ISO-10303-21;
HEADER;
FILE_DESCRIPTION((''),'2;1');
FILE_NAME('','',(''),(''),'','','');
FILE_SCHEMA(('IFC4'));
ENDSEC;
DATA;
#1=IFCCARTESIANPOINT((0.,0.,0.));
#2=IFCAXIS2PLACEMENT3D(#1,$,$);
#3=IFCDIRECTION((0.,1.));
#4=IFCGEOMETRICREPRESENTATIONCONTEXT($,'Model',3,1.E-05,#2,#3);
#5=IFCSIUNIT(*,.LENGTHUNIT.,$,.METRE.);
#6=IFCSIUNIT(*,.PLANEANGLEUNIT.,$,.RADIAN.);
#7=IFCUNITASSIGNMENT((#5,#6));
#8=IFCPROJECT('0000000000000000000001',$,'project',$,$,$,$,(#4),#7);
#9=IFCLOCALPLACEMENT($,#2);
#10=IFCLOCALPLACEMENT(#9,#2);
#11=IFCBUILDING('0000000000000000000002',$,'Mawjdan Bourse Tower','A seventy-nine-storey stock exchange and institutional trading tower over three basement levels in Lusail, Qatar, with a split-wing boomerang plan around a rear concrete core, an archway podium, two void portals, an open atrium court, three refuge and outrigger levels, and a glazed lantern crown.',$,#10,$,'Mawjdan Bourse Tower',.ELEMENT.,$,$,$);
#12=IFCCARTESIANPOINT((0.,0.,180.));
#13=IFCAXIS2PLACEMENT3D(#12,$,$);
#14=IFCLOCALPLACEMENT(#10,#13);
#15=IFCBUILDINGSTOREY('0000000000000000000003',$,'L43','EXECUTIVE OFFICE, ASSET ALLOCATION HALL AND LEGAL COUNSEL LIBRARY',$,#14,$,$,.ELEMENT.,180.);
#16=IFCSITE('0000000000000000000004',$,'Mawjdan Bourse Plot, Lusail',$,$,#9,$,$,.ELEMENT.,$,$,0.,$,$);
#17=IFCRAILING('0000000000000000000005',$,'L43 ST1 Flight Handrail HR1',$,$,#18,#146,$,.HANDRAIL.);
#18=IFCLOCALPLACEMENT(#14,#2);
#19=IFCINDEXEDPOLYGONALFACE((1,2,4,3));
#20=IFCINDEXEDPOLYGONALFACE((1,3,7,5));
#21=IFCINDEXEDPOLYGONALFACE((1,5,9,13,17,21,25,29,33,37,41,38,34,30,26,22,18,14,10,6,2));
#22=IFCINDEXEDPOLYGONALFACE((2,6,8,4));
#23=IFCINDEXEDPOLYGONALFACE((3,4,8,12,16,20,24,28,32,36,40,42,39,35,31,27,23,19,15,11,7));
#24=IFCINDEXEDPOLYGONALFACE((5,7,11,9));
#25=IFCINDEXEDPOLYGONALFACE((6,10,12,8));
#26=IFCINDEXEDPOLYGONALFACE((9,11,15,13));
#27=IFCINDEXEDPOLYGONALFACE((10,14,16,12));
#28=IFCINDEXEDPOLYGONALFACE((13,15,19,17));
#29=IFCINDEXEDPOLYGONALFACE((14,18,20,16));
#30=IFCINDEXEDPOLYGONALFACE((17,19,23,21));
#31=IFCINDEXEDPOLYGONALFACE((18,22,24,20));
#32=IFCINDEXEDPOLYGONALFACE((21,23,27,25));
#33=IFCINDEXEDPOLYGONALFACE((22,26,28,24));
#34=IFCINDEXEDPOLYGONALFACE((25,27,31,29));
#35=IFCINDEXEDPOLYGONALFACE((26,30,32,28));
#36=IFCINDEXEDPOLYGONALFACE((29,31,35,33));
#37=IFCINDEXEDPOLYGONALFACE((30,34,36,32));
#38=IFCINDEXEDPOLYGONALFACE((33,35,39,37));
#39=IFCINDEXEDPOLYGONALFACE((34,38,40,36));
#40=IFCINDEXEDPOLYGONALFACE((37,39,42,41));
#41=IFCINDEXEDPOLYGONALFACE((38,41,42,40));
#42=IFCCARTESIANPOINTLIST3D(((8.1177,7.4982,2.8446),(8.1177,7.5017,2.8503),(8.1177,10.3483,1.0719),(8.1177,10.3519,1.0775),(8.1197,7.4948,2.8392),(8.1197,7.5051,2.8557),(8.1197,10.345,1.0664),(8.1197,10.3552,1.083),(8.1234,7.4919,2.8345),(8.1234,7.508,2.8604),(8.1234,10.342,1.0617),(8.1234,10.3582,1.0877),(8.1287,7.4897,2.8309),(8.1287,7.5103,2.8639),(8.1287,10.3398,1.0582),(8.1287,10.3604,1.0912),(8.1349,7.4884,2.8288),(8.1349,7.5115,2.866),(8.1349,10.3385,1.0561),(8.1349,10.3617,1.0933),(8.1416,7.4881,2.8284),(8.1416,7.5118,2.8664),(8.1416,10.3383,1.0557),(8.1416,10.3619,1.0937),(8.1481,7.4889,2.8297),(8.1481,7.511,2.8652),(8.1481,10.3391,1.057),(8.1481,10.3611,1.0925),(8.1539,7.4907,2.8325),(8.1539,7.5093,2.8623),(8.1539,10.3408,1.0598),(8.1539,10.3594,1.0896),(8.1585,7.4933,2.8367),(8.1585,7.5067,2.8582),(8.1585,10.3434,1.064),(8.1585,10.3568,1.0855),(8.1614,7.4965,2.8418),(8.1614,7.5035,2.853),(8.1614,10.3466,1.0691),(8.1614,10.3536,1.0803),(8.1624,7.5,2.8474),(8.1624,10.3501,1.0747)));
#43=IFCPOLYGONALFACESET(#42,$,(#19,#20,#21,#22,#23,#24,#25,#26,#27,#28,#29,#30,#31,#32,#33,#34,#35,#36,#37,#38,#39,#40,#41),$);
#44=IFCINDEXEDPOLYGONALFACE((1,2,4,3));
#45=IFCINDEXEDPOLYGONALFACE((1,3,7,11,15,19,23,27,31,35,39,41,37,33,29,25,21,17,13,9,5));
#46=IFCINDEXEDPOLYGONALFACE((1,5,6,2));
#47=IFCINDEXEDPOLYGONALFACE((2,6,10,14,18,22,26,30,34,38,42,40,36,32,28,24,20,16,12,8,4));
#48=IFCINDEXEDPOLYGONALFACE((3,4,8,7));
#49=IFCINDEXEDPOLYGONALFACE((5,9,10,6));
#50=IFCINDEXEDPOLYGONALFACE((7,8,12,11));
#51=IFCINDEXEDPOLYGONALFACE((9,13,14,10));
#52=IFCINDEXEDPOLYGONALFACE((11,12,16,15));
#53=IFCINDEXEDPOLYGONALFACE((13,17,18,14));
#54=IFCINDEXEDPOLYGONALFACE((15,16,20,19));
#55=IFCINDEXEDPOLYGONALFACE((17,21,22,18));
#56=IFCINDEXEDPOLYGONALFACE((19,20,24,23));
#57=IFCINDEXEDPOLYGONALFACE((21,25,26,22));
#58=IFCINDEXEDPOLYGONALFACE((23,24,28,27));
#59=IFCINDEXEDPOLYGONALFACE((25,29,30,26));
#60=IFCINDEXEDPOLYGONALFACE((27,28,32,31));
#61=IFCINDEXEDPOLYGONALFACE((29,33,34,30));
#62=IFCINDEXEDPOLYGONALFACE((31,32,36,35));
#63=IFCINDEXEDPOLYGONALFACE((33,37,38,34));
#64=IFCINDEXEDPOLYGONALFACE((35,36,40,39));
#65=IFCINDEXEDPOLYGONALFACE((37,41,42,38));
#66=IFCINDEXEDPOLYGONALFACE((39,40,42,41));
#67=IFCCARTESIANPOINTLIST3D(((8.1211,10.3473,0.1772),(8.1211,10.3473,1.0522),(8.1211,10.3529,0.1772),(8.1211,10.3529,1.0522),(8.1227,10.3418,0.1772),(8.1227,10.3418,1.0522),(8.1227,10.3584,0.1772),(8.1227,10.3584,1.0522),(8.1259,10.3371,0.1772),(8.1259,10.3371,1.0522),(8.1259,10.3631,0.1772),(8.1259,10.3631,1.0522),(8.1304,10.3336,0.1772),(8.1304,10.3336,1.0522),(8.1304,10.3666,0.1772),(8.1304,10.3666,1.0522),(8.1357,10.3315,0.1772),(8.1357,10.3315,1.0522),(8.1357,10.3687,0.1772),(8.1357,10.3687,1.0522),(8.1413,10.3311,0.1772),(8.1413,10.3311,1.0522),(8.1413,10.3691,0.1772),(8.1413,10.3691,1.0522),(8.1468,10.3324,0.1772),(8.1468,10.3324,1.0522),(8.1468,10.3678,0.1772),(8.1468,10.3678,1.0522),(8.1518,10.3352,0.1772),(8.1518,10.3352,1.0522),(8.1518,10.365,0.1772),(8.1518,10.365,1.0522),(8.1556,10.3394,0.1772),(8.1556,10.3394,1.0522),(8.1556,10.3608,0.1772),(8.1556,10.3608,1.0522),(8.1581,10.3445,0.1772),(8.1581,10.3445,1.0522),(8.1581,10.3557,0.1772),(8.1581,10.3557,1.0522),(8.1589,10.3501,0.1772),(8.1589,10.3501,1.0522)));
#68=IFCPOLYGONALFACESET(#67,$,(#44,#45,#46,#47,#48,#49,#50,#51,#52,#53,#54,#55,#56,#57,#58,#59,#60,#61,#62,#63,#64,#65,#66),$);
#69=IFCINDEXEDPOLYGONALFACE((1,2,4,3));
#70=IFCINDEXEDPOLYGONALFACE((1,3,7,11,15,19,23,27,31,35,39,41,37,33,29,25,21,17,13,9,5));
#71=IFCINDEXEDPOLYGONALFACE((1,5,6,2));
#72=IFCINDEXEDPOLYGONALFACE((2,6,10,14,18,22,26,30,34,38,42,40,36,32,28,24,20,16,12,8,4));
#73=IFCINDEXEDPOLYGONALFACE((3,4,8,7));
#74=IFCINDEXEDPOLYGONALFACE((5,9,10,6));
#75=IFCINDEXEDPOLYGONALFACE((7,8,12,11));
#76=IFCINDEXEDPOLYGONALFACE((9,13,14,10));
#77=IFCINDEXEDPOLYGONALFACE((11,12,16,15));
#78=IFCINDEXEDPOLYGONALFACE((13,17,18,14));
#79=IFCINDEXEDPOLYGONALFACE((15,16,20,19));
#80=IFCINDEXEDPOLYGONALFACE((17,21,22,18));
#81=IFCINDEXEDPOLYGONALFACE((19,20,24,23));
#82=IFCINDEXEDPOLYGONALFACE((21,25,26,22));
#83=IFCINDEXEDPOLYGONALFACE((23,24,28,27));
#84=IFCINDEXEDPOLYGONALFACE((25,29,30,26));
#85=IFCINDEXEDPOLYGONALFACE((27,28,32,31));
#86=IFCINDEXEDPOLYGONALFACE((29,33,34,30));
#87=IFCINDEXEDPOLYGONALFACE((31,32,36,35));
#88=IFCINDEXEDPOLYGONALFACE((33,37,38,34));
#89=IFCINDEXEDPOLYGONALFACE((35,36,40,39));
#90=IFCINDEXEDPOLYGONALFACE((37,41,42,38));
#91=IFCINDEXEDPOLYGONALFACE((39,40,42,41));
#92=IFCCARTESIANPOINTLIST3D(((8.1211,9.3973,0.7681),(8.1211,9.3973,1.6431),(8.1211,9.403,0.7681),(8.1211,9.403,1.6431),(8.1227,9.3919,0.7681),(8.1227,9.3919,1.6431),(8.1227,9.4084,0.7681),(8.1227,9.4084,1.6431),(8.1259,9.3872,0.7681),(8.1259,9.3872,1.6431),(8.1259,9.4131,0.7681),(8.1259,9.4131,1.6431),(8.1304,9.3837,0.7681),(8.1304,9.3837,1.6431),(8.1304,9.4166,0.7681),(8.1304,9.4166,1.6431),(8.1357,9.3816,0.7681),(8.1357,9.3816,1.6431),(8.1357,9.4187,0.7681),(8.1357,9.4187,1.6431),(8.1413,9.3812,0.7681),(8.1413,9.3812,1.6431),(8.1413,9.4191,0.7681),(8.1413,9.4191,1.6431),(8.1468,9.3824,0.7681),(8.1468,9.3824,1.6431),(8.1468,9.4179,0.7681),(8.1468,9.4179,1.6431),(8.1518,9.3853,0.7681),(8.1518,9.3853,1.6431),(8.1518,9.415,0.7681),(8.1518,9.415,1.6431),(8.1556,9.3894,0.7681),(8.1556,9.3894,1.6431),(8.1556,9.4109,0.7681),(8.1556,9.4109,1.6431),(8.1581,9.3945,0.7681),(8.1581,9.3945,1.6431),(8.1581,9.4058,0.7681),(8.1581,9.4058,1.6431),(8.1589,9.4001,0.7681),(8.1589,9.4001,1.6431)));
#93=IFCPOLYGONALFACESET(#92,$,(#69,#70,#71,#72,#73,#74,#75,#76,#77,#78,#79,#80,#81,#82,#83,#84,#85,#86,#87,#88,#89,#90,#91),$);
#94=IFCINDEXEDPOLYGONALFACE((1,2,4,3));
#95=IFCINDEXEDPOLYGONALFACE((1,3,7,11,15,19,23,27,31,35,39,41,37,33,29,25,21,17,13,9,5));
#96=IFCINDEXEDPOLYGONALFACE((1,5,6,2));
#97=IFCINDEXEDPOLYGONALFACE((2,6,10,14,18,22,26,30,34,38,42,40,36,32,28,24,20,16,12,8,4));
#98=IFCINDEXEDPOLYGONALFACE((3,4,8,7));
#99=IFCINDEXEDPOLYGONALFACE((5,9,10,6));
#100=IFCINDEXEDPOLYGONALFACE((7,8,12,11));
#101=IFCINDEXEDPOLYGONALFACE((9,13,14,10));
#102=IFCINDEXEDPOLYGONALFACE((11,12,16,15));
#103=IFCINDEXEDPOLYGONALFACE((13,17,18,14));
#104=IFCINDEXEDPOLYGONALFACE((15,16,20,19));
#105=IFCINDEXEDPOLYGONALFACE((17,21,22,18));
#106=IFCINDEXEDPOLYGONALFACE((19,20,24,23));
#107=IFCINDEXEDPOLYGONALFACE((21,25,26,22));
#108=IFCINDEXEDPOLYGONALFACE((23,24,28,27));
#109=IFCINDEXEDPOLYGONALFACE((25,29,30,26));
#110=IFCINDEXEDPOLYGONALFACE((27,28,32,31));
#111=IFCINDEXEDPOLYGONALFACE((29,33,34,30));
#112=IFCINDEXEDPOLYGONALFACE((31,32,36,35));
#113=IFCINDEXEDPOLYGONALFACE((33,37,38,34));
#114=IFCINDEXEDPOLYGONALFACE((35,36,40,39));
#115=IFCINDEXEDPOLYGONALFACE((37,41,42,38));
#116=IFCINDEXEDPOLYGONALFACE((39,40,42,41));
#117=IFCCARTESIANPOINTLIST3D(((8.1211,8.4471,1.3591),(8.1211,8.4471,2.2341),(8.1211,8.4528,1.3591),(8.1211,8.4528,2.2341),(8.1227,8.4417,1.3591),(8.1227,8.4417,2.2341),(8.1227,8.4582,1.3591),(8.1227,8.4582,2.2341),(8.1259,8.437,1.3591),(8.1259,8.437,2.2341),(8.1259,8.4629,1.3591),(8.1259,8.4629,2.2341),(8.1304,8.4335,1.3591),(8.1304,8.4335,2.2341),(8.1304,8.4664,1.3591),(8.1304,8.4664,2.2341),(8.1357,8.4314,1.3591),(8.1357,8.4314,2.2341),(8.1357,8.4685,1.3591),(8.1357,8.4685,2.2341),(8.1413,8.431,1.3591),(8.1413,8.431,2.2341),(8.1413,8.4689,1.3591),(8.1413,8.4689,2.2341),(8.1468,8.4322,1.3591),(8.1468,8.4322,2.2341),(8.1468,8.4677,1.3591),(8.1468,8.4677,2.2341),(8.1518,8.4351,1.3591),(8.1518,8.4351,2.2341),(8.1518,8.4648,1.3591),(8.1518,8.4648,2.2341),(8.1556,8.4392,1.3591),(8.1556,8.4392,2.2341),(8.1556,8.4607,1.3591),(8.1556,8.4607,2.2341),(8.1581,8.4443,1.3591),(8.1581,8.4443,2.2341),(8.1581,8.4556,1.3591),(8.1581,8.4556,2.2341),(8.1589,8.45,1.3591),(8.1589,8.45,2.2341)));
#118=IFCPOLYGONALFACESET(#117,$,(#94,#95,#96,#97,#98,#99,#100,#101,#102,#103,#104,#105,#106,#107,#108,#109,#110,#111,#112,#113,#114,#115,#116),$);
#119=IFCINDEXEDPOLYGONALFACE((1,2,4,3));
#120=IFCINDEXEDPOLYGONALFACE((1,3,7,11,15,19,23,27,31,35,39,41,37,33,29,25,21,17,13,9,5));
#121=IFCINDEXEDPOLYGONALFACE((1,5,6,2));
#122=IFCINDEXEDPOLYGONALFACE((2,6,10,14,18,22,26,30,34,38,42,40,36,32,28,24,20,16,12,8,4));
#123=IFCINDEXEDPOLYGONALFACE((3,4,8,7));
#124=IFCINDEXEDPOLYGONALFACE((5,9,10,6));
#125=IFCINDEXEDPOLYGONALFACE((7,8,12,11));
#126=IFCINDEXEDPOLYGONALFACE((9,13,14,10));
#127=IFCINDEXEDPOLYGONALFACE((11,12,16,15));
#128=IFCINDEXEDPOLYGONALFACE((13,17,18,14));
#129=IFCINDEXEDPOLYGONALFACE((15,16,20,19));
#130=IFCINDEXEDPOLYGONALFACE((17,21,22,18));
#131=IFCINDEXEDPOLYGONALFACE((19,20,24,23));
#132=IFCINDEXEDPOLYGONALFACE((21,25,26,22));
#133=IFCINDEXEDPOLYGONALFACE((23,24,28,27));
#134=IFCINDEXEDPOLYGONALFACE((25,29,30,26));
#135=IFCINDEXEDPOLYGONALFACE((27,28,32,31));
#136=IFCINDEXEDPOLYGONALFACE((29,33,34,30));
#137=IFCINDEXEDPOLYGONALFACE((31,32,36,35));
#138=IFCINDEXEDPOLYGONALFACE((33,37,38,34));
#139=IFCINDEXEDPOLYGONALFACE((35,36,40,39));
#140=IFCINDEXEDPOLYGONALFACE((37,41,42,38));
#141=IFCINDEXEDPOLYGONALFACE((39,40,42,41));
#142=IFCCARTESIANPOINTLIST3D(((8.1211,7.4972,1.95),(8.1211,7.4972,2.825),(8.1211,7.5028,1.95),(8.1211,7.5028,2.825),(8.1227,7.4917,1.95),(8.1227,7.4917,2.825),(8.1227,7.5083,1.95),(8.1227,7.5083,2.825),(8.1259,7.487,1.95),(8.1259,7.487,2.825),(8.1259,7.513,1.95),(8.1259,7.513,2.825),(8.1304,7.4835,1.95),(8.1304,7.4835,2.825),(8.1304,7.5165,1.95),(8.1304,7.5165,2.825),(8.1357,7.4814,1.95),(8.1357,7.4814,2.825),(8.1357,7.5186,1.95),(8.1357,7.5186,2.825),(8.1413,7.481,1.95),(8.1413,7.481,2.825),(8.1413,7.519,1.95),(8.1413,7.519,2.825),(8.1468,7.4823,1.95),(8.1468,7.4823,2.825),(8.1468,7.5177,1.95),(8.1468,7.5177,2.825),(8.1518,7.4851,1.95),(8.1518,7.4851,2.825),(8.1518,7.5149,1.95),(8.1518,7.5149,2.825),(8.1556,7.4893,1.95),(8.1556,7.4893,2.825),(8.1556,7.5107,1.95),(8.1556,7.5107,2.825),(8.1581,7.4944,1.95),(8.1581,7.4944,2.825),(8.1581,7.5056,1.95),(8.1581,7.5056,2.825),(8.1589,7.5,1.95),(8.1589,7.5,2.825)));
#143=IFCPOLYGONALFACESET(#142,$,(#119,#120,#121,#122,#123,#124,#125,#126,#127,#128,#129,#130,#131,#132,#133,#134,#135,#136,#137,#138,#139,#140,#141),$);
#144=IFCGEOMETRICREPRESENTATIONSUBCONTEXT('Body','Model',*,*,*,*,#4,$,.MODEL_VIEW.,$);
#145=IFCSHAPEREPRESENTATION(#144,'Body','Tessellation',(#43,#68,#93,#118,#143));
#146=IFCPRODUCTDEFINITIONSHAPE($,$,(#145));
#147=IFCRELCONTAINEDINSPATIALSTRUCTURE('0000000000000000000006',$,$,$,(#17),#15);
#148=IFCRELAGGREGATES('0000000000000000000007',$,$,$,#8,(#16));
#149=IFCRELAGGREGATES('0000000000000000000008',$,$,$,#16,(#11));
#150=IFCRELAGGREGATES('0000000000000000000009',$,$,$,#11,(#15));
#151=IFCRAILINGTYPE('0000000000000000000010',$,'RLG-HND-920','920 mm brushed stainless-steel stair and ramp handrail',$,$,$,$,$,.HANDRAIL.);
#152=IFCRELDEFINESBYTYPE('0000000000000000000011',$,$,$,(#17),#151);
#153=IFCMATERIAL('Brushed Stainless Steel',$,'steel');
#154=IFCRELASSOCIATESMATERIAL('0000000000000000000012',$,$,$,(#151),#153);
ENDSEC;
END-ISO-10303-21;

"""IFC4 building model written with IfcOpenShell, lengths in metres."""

from ifc_helpers import new_model, si_unit, direction, frame, origin, origin_2d, place, context, subcontext, project, spatial, circle, extrude, material, type_object, element, save


model = new_model("IFC4")

# Units and contexts
model_context = context("Model", 3, precision=1e-05, world=origin(), true_north=direction((0.0, 1.0)))
body_context = subcontext(model_context, "Body", "Model", "MODEL_VIEW")
ifc_project = project(units=[si_unit("LENGTHUNIT", "METRE"), si_unit("PLANEANGLEUNIT", "RADIAN")], contexts=[model_context])

# Site, building, storey
site_placement = place(None, origin())
site = spatial("IfcSite", under=ifc_project, at=site_placement, Name="Mawjdan Bourse Plot, Lusail", CompositionType="ELEMENT", RefElevation=0.0)
building_placement = place(site_placement, origin())
building = spatial("IfcBuilding", under=site, at=building_placement, Name="Mawjdan Bourse Tower", Description="A seventy-nine-storey stock exchange and institutional trading tower over three basement levels in Lusail, Qatar, with a split-wing boomerang plan around a rear concrete core, an archway podium, two void portals, an open atrium court, three refuge and outrigger levels, and a glazed lantern crown.", LongName="Mawjdan Bourse Tower", CompositionType="ELEMENT")
storey_placement = place(building_placement, frame((0.0, 0.0, 180.0)))
storey = spatial("IfcBuildingStorey", under=building, at=storey_placement, Name="L43", Description="EXECUTIVE OFFICE, ASSET ALLOCATION HALL AND LEGAL COUNSEL LIBRARY", CompositionType="ELEMENT", Elevation=180.0)

# Shared definitions
ifc_material_1 = material(Name="Brushed Stainless Steel", Category="steel")

# Railing
railing_type_1 = type_object("IfcRailingType", Name="RLG-HND-920", Description="920 mm brushed stainless-steel stair and ramp handrail", PredefinedType="HANDRAIL", material=ifc_material_1)
for number, where, name in (
    (1, (8.1399, 10.3501, 0.1772), "L43 ST1 Flight Handrail HR1"),
):
    element("IfcRailing", number, at=place(storey_placement, frame(where)), inside=storey, type_object=railing_type_1, Name=name, PredefinedType="HANDRAIL", context=body_context, shape_type="SweptSolid", body=[
        extrude(circle(Radius=0.0225, at=origin_2d()), frame((0.0, 0.0, 0.8975), z_axis=(0.0, -0.849149, 0.528154), x_axis=(1.0, 0.0, 0.0)), (0.0, 0.0, 1.0), 3.3564),
        extrude(circle(Radius=0.019, at=origin_2d()), origin(), (0.0, 0.0, 1.0), 0.875),
        extrude(circle(Radius=0.019, at=origin_2d()), frame((0.0, -0.95, 0.5908)), (0.0, 0.0, 1.0), 0.875),
        extrude(circle(Radius=0.019, at=origin_2d()), frame((0.0, -1.9001, 1.1819)), (0.0, 0.0, 1.0), 0.875),
        extrude(circle(Radius=0.019, at=origin_2d()), frame((0.0, -2.8501, 1.7727)), (0.0, 0.0, 1.0), 0.875),
    ])

save(model, "model.ifc")
